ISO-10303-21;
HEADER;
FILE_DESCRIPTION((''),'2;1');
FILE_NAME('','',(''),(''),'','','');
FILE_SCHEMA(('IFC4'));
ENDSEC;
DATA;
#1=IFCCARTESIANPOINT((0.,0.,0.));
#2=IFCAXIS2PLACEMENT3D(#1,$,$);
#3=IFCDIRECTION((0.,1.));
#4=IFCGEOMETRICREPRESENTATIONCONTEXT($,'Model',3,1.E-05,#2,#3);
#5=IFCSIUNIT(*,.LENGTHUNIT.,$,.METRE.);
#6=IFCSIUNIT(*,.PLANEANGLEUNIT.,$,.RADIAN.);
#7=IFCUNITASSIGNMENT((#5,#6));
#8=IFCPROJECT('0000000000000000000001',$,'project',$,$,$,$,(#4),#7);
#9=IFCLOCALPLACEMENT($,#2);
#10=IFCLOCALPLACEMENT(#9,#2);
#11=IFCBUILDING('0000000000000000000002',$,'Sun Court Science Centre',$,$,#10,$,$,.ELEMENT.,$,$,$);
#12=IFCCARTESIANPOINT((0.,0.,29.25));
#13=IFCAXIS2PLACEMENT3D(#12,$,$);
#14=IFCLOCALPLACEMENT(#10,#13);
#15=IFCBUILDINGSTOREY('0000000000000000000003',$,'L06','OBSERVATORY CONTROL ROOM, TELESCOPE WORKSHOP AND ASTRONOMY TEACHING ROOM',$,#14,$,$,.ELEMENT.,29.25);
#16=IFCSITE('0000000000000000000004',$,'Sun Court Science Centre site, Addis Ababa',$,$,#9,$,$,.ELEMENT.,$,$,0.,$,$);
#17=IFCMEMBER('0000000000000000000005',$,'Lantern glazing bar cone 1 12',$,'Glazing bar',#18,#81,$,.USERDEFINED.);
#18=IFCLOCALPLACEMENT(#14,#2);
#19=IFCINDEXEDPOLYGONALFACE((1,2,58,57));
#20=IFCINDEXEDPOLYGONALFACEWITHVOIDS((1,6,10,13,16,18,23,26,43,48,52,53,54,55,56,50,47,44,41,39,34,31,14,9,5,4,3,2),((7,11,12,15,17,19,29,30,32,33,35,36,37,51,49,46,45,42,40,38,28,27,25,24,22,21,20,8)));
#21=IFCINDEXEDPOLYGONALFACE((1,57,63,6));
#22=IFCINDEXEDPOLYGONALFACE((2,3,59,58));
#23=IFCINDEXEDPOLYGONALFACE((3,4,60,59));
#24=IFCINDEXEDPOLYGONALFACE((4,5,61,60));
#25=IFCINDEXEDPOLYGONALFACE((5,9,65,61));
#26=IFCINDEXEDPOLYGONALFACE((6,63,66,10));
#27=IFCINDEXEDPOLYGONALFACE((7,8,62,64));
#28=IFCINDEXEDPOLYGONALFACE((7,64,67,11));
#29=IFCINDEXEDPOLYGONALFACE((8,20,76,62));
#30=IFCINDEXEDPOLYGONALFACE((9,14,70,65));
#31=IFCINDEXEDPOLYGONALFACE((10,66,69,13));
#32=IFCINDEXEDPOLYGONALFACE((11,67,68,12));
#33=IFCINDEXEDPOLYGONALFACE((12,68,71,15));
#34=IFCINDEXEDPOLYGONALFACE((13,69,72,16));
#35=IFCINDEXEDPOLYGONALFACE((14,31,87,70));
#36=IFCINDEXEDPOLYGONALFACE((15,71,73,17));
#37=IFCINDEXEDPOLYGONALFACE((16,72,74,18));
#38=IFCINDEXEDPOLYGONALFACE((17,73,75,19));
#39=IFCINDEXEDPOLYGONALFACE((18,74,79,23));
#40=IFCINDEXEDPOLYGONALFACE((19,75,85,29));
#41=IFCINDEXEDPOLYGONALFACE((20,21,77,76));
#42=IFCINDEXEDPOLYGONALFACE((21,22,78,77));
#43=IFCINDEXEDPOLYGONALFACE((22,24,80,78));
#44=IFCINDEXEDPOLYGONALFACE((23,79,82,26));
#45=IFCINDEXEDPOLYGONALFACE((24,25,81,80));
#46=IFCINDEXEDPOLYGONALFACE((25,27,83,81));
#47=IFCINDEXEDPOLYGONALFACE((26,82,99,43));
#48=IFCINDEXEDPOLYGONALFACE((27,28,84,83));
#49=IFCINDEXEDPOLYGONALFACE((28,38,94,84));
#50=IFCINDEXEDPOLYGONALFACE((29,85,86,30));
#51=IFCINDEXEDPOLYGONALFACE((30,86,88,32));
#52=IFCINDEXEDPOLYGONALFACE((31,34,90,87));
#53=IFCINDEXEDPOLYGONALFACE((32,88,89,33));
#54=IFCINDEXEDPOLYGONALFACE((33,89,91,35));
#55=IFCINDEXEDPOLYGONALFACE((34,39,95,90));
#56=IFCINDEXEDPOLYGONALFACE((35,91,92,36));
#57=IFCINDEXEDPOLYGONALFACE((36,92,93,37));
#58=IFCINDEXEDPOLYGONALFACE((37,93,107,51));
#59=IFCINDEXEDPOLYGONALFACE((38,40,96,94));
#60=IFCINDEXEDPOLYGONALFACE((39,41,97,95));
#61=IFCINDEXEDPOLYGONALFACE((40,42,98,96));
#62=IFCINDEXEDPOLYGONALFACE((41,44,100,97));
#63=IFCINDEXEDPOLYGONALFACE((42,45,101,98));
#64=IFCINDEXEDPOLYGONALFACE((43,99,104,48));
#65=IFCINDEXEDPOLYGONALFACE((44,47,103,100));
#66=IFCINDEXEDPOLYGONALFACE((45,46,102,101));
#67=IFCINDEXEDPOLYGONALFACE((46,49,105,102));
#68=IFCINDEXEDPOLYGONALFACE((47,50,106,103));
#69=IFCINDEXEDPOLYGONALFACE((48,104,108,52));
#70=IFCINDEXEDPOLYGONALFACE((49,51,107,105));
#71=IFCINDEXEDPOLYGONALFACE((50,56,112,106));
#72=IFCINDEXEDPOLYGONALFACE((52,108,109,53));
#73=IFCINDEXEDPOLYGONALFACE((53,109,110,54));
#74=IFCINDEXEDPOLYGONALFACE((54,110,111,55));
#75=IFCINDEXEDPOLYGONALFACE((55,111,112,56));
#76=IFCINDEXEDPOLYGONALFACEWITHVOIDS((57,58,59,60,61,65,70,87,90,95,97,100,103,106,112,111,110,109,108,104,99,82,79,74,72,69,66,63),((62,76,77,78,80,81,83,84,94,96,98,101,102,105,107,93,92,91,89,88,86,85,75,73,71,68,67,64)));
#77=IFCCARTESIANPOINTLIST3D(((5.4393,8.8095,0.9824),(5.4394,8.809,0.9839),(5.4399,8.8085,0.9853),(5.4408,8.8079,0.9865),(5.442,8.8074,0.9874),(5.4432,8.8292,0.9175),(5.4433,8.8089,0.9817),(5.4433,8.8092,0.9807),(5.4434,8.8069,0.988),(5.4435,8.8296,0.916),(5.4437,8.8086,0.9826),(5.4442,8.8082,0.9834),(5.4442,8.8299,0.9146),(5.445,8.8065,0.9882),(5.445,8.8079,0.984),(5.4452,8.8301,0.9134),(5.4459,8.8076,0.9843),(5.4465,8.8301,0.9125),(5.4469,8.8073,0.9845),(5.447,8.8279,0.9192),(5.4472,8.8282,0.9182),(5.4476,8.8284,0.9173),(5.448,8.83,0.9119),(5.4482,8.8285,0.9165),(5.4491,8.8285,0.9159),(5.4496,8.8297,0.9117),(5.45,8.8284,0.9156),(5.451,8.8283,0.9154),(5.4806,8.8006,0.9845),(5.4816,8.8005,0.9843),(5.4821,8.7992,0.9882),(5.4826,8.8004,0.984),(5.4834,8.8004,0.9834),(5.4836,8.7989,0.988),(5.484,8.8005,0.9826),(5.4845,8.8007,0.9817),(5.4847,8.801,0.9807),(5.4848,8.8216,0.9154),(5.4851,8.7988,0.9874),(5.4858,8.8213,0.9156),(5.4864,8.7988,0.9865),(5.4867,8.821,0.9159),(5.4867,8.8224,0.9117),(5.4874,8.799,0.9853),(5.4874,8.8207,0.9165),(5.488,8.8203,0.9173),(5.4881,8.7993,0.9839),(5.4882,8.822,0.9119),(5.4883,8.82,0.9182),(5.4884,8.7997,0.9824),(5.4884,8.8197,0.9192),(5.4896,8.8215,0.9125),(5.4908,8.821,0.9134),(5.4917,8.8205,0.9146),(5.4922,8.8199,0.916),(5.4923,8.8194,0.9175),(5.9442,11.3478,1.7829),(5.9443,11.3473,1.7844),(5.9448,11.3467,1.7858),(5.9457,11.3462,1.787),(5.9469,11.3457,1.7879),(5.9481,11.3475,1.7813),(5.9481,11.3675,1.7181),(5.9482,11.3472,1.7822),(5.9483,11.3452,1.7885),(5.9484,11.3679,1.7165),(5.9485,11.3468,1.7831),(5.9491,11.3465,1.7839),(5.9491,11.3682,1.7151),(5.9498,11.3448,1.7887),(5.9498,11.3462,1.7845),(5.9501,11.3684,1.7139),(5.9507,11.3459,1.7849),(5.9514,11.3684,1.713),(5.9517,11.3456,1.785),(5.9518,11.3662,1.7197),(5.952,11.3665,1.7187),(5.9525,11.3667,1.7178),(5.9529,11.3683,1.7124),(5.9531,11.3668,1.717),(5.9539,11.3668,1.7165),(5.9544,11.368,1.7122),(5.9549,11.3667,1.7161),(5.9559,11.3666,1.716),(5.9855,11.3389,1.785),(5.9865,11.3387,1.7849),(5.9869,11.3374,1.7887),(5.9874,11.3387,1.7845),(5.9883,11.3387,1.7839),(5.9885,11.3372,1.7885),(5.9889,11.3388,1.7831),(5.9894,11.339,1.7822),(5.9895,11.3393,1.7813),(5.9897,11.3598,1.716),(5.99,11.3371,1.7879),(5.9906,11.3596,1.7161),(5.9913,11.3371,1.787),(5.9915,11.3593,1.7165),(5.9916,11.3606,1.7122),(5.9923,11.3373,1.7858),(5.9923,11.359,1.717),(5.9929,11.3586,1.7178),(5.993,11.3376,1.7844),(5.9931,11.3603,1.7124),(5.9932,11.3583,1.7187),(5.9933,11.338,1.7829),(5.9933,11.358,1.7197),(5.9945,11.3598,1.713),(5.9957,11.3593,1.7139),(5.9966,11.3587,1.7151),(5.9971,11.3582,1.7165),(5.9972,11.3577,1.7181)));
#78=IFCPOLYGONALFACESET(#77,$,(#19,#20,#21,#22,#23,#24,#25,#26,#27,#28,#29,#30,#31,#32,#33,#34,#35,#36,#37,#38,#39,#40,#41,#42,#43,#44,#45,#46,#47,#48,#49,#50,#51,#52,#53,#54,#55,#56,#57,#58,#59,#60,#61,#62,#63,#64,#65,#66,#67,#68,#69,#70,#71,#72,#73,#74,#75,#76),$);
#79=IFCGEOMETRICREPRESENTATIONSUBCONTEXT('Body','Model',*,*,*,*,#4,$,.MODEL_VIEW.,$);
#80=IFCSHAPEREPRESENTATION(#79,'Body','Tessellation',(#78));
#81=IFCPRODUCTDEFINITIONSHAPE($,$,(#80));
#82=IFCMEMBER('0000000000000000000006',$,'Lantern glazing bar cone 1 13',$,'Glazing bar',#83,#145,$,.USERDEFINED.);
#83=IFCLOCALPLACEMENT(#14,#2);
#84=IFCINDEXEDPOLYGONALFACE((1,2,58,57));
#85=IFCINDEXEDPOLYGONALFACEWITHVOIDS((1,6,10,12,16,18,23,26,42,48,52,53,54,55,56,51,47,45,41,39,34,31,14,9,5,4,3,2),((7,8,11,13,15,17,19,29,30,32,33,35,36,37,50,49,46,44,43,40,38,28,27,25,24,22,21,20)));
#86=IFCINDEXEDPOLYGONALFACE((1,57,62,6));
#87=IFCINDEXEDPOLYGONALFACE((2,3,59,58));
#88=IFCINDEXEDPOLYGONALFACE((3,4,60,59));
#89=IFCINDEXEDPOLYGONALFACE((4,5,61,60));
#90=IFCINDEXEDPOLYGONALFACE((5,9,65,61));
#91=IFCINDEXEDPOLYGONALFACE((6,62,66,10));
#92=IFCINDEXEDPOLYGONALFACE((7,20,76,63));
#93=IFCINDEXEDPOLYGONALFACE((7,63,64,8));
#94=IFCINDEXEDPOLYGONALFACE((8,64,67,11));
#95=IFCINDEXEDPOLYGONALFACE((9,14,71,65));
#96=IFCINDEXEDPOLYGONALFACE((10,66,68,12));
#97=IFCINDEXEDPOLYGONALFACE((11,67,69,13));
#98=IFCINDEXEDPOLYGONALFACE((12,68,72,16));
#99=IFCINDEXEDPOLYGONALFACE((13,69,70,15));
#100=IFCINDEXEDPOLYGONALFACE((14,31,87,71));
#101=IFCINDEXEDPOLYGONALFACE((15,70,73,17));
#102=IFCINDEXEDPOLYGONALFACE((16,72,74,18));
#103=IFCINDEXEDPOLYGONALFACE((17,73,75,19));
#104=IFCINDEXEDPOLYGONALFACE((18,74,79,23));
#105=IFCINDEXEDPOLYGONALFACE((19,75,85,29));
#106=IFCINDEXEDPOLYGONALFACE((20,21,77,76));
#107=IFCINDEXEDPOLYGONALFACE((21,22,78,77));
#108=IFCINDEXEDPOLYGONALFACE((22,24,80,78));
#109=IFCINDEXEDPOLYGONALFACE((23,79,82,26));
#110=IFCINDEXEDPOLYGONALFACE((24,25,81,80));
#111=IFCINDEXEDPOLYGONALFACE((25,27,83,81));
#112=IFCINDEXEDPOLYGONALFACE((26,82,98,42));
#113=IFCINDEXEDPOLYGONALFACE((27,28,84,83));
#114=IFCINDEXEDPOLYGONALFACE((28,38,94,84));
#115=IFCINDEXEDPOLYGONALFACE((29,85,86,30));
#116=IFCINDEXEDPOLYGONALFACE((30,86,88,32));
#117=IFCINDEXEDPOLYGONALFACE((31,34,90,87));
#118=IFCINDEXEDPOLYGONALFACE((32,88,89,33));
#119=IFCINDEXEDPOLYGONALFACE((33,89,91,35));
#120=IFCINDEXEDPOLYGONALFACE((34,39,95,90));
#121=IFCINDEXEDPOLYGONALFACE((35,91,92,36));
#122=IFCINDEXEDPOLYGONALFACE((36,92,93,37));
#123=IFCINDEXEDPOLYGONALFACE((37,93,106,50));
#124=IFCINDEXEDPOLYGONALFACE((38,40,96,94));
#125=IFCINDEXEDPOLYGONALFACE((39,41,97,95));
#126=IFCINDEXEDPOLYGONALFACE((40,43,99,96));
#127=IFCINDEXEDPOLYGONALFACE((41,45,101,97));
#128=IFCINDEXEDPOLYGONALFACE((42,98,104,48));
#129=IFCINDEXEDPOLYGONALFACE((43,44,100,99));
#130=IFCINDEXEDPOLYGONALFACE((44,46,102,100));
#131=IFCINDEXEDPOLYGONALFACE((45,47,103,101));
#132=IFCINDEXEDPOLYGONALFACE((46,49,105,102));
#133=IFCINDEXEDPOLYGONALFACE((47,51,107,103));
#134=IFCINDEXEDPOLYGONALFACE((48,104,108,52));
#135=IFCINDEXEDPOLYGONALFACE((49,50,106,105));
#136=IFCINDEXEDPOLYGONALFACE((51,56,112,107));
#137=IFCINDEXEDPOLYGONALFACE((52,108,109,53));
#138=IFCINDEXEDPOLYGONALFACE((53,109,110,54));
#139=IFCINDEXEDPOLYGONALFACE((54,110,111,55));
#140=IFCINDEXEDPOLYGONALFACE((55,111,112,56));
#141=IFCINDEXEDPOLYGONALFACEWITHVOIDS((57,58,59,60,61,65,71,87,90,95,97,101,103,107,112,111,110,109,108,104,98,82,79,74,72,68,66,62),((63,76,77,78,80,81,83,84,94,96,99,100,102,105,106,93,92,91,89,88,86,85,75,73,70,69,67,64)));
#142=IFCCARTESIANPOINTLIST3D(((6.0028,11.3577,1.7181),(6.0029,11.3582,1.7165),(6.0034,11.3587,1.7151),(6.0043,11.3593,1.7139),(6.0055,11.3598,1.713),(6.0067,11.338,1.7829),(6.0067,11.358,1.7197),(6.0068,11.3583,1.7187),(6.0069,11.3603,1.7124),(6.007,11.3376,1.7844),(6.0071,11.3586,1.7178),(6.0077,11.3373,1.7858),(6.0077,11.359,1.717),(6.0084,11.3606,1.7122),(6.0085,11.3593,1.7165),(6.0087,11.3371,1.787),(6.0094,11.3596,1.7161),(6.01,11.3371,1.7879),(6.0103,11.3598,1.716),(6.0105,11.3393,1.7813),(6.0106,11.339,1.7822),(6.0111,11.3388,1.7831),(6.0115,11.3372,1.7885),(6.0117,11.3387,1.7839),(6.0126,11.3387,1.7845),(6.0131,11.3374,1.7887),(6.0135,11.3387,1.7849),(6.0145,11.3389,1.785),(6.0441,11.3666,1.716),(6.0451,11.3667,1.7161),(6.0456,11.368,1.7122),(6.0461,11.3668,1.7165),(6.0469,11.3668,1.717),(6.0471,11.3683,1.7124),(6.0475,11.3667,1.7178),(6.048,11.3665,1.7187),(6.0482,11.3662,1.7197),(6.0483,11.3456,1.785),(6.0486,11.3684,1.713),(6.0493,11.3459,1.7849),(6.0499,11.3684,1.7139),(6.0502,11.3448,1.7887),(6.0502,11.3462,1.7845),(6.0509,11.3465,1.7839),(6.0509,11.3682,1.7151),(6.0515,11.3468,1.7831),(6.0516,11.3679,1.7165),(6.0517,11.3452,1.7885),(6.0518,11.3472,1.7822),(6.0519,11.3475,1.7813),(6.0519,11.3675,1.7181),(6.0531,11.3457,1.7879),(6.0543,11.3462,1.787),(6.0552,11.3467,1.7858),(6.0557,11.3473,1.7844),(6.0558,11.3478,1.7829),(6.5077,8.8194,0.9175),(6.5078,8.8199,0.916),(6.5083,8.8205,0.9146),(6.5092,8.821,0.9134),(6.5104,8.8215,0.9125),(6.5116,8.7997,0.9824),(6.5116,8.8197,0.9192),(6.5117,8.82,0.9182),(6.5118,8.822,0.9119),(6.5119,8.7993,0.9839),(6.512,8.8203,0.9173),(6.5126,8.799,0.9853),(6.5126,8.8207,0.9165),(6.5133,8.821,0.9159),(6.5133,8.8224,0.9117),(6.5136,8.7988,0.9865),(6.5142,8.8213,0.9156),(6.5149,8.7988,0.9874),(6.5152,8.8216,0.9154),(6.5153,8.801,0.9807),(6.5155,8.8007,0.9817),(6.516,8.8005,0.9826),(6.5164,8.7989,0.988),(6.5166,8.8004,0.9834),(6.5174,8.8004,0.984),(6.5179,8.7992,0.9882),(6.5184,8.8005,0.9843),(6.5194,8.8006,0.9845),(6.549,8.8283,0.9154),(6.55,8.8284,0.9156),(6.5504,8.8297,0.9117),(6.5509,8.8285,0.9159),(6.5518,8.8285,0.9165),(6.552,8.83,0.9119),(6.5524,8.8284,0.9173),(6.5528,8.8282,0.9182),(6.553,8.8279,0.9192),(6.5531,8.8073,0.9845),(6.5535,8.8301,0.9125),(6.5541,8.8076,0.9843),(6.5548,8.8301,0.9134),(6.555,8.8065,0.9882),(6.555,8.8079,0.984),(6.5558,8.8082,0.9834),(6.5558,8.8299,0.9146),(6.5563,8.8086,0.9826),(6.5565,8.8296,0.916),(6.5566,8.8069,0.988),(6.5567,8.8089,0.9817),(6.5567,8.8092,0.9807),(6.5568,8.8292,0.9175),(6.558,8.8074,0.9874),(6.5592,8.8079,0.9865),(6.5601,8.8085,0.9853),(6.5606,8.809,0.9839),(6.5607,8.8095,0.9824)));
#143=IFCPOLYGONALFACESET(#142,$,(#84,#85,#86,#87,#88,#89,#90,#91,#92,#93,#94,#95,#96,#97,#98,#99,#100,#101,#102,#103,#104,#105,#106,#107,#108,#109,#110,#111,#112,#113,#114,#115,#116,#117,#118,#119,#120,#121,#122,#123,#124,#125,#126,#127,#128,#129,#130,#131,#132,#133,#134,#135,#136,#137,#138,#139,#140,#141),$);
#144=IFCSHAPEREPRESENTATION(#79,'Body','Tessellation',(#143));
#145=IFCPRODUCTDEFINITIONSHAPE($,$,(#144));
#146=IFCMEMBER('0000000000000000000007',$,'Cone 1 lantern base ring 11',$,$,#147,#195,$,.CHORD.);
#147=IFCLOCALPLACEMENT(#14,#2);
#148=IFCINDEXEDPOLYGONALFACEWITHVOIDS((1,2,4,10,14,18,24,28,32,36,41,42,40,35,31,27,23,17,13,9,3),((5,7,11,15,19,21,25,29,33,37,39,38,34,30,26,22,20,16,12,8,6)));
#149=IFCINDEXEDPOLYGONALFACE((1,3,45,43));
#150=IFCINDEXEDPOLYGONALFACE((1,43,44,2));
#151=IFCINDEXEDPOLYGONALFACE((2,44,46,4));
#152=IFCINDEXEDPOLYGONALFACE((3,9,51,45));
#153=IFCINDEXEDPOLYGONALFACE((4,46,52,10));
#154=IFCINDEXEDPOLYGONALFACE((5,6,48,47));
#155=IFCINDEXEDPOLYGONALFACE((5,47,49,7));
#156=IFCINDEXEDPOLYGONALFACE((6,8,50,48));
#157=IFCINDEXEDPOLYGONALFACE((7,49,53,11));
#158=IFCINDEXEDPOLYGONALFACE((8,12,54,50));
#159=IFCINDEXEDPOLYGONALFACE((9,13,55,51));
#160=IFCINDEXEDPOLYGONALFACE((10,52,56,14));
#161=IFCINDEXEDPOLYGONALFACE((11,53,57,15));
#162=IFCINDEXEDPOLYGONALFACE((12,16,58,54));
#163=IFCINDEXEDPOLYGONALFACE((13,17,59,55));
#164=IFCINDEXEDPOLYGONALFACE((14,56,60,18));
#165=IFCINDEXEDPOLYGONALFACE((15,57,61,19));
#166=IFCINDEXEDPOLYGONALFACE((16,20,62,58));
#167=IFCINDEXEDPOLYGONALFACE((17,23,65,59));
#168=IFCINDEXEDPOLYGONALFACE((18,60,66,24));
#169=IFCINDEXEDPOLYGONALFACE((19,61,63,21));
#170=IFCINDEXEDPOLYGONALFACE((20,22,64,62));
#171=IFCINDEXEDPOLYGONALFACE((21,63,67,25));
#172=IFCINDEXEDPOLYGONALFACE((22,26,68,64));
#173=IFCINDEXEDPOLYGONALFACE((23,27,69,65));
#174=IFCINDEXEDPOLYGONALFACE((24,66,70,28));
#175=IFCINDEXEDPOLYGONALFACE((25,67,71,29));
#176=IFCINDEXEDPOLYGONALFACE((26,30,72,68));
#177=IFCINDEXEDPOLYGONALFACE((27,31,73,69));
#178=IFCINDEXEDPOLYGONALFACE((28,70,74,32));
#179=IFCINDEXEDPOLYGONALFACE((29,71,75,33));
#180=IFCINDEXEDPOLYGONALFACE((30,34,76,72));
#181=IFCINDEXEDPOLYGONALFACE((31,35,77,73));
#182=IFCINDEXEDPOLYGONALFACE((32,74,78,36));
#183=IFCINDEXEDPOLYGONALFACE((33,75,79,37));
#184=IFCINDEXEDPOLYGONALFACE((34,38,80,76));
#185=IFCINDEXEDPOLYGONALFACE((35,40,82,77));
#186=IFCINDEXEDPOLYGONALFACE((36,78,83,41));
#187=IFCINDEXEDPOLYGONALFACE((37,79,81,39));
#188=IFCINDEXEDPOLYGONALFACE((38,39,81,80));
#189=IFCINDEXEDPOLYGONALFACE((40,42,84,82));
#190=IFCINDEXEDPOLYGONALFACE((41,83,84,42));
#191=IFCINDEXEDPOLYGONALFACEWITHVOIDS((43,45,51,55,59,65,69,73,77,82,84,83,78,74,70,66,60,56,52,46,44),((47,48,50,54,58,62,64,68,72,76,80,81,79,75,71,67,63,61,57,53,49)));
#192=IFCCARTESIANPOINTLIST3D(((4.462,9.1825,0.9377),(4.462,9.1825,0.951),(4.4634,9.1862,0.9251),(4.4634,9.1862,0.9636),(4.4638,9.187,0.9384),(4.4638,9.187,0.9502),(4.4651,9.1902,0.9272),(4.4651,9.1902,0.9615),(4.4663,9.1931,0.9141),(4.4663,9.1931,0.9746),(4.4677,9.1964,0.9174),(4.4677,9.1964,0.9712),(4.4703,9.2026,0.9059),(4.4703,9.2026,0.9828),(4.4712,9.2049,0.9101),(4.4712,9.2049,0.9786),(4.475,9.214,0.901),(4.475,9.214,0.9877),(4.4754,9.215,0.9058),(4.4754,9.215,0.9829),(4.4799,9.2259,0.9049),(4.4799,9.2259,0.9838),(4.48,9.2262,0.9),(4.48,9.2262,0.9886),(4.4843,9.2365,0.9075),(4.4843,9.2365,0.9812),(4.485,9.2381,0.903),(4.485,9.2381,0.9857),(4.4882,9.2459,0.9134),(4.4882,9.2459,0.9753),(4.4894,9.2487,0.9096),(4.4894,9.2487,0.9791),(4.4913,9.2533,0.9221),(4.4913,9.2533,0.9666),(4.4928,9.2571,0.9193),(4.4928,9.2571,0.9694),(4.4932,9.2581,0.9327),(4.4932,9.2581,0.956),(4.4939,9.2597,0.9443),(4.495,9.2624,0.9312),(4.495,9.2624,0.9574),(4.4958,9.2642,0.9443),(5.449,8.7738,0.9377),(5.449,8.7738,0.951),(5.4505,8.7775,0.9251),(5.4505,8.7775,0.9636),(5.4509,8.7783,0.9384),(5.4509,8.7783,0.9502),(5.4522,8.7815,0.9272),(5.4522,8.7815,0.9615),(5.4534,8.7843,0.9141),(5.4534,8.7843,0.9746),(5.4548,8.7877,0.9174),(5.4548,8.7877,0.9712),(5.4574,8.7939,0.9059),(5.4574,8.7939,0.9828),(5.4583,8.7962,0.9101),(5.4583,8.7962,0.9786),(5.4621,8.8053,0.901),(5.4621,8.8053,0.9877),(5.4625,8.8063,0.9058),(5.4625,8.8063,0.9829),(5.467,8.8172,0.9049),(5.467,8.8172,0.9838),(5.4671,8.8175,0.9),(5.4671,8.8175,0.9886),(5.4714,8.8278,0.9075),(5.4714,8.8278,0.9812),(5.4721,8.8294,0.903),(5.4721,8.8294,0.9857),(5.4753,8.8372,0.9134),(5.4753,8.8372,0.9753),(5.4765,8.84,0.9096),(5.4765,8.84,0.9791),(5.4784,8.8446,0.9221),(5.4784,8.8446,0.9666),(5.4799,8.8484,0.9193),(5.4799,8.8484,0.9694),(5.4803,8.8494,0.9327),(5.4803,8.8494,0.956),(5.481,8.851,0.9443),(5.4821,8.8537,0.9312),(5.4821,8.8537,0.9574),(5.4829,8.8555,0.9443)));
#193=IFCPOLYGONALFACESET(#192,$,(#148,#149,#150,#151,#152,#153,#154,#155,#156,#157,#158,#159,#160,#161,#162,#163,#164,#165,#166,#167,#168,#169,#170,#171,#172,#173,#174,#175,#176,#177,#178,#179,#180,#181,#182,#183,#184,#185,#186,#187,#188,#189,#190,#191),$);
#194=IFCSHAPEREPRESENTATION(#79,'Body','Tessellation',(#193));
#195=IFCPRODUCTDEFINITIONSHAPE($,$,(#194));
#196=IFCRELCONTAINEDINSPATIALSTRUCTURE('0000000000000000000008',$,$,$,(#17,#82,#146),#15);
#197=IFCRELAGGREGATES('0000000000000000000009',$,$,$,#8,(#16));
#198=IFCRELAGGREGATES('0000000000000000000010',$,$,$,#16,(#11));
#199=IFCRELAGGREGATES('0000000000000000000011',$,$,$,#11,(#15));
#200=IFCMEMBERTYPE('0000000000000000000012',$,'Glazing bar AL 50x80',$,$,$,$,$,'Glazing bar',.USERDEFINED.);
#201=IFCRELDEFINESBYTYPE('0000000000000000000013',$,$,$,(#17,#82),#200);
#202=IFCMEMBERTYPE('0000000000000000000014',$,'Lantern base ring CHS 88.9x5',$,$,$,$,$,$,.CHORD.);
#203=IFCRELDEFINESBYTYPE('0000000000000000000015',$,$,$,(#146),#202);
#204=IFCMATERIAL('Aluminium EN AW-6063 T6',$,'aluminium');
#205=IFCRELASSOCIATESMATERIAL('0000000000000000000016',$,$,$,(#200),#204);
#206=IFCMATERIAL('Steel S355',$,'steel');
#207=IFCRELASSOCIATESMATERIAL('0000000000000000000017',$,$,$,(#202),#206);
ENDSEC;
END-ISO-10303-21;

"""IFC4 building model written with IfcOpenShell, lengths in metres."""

from ifc_helpers import new_model, si_unit, direction, frame, origin, origin_2d, place, context, subcontext, project, spatial, hollow_rectangle, hollow_circle, extrude, material, material_profile, profile_set, type_object, element, save


model = new_model("IFC4")

# Units and contexts
model_context = context("Model", 3, precision=1e-05, world=origin(), true_north=direction((0.0, 1.0)))
body_context = subcontext(model_context, "Body", "Model", "MODEL_VIEW")
ifc_project = project(units=[si_unit("LENGTHUNIT", "METRE"), si_unit("PLANEANGLEUNIT", "RADIAN")], contexts=[model_context])

# Site, building, storey
site_placement = place(None, origin())
site = spatial("IfcSite", under=ifc_project, at=site_placement, Name="Sun Court Science Centre site, Addis Ababa", CompositionType="ELEMENT", RefElevation=0.0)
building_placement = place(site_placement, origin())
building = spatial("IfcBuilding", under=site, at=building_placement, Name="Sun Court Science Centre", CompositionType="ELEMENT")
storey_placement = place(building_placement, frame((0.0, 0.0, 29.25)))
storey = spatial("IfcBuildingStorey", under=building, at=storey_placement, Name="L06", Description="OBSERVATORY CONTROL ROOM, TELESCOPE WORKSHOP AND ASTRONOMY TEACHING ROOM", CompositionType="ELEMENT", Elevation=29.25)

# Members
ifc_material_1 = material(Name="Aluminium EN AW-6063 T6", Category="aluminium")
ifc_material_profile_1 = material_profile(ifc_material_1, hollow_rectangle(XDim=0.05, YDim=0.0801, WallThickness=0.0039, InnerFilletRadius=0.0039, OuterFilletRadius=0.0061, at=origin_2d()), Name="AL 50x80x4")
ifc_profile_set_1 = profile_set([ifc_material_profile_1], Name="Aluminium EN AW-6063 T6")
member_type_1 = type_object("IfcMemberType", Name="Glazing bar AL 50x80", ElementType="Glazing bar", PredefinedType="USERDEFINED", material=ifc_profile_set_1)
for number, where, z_axis, x_axis, name in (
    (1, (5.4658, 8.8145, 0.95), (0.18637, 0.936986, 0.295506), (-0.980787, 0.195082, 0.0), "Lantern glazing bar cone 1 12"),
    (2, (6.5342, 8.8145, 0.95), (-0.18637, 0.936986, 0.295506), (-0.980787, -0.195082, 0.0), "Lantern glazing bar cone 1 13"),
):
    element("IfcMember", number, at=place(storey_placement, frame(where, z_axis=z_axis, x_axis=x_axis)), inside=storey, type_object=member_type_1, Name=name, ObjectType="Glazing bar", PredefinedType="USERDEFINED", context=body_context, shape_type="SweptSolid", body=[
        extrude(hollow_rectangle(XDim=0.05, YDim=0.0801, WallThickness=0.0039, InnerFilletRadius=0.0039, OuterFilletRadius=0.0061, at=origin_2d()), origin(), (0.0, 0.0, 1.0), 2.709),
    ])
ifc_material_2 = material(Name="Steel S355", Category="steel")
ifc_material_profile_2 = material_profile(ifc_material_2, hollow_circle(Radius=0.0444, WallThickness=0.0049, at=origin_2d()), Name="CHS 88.9x5")
ifc_profile_set_2 = profile_set([ifc_material_profile_2], Name="Steel S355")
member_type_2 = type_object("IfcMemberType", Name="Lantern base ring CHS 88.9x5", PredefinedType="CHORD", material=ifc_profile_set_2)
for number, where, z_axis, x_axis, name in (
    (3, (4.4788, 9.2231, 0.9443), (0.923933, -0.382554, 0.0), (0.382554, 0.923933, 0.0), "Cone 1 lantern base ring 11"),
):
    element("IfcMember", number, at=place(storey_placement, frame(where, z_axis=z_axis, x_axis=x_axis)), inside=storey, type_object=member_type_2, Name=name, PredefinedType="CHORD", context=body_context, shape_type="SweptSolid", body=[
        extrude(hollow_circle(Radius=0.0444, WallThickness=0.0049, at=origin_2d()), origin(), (0.0, 0.0, 1.0), 1.0684),
    ])

save(model, "model.ifc")
